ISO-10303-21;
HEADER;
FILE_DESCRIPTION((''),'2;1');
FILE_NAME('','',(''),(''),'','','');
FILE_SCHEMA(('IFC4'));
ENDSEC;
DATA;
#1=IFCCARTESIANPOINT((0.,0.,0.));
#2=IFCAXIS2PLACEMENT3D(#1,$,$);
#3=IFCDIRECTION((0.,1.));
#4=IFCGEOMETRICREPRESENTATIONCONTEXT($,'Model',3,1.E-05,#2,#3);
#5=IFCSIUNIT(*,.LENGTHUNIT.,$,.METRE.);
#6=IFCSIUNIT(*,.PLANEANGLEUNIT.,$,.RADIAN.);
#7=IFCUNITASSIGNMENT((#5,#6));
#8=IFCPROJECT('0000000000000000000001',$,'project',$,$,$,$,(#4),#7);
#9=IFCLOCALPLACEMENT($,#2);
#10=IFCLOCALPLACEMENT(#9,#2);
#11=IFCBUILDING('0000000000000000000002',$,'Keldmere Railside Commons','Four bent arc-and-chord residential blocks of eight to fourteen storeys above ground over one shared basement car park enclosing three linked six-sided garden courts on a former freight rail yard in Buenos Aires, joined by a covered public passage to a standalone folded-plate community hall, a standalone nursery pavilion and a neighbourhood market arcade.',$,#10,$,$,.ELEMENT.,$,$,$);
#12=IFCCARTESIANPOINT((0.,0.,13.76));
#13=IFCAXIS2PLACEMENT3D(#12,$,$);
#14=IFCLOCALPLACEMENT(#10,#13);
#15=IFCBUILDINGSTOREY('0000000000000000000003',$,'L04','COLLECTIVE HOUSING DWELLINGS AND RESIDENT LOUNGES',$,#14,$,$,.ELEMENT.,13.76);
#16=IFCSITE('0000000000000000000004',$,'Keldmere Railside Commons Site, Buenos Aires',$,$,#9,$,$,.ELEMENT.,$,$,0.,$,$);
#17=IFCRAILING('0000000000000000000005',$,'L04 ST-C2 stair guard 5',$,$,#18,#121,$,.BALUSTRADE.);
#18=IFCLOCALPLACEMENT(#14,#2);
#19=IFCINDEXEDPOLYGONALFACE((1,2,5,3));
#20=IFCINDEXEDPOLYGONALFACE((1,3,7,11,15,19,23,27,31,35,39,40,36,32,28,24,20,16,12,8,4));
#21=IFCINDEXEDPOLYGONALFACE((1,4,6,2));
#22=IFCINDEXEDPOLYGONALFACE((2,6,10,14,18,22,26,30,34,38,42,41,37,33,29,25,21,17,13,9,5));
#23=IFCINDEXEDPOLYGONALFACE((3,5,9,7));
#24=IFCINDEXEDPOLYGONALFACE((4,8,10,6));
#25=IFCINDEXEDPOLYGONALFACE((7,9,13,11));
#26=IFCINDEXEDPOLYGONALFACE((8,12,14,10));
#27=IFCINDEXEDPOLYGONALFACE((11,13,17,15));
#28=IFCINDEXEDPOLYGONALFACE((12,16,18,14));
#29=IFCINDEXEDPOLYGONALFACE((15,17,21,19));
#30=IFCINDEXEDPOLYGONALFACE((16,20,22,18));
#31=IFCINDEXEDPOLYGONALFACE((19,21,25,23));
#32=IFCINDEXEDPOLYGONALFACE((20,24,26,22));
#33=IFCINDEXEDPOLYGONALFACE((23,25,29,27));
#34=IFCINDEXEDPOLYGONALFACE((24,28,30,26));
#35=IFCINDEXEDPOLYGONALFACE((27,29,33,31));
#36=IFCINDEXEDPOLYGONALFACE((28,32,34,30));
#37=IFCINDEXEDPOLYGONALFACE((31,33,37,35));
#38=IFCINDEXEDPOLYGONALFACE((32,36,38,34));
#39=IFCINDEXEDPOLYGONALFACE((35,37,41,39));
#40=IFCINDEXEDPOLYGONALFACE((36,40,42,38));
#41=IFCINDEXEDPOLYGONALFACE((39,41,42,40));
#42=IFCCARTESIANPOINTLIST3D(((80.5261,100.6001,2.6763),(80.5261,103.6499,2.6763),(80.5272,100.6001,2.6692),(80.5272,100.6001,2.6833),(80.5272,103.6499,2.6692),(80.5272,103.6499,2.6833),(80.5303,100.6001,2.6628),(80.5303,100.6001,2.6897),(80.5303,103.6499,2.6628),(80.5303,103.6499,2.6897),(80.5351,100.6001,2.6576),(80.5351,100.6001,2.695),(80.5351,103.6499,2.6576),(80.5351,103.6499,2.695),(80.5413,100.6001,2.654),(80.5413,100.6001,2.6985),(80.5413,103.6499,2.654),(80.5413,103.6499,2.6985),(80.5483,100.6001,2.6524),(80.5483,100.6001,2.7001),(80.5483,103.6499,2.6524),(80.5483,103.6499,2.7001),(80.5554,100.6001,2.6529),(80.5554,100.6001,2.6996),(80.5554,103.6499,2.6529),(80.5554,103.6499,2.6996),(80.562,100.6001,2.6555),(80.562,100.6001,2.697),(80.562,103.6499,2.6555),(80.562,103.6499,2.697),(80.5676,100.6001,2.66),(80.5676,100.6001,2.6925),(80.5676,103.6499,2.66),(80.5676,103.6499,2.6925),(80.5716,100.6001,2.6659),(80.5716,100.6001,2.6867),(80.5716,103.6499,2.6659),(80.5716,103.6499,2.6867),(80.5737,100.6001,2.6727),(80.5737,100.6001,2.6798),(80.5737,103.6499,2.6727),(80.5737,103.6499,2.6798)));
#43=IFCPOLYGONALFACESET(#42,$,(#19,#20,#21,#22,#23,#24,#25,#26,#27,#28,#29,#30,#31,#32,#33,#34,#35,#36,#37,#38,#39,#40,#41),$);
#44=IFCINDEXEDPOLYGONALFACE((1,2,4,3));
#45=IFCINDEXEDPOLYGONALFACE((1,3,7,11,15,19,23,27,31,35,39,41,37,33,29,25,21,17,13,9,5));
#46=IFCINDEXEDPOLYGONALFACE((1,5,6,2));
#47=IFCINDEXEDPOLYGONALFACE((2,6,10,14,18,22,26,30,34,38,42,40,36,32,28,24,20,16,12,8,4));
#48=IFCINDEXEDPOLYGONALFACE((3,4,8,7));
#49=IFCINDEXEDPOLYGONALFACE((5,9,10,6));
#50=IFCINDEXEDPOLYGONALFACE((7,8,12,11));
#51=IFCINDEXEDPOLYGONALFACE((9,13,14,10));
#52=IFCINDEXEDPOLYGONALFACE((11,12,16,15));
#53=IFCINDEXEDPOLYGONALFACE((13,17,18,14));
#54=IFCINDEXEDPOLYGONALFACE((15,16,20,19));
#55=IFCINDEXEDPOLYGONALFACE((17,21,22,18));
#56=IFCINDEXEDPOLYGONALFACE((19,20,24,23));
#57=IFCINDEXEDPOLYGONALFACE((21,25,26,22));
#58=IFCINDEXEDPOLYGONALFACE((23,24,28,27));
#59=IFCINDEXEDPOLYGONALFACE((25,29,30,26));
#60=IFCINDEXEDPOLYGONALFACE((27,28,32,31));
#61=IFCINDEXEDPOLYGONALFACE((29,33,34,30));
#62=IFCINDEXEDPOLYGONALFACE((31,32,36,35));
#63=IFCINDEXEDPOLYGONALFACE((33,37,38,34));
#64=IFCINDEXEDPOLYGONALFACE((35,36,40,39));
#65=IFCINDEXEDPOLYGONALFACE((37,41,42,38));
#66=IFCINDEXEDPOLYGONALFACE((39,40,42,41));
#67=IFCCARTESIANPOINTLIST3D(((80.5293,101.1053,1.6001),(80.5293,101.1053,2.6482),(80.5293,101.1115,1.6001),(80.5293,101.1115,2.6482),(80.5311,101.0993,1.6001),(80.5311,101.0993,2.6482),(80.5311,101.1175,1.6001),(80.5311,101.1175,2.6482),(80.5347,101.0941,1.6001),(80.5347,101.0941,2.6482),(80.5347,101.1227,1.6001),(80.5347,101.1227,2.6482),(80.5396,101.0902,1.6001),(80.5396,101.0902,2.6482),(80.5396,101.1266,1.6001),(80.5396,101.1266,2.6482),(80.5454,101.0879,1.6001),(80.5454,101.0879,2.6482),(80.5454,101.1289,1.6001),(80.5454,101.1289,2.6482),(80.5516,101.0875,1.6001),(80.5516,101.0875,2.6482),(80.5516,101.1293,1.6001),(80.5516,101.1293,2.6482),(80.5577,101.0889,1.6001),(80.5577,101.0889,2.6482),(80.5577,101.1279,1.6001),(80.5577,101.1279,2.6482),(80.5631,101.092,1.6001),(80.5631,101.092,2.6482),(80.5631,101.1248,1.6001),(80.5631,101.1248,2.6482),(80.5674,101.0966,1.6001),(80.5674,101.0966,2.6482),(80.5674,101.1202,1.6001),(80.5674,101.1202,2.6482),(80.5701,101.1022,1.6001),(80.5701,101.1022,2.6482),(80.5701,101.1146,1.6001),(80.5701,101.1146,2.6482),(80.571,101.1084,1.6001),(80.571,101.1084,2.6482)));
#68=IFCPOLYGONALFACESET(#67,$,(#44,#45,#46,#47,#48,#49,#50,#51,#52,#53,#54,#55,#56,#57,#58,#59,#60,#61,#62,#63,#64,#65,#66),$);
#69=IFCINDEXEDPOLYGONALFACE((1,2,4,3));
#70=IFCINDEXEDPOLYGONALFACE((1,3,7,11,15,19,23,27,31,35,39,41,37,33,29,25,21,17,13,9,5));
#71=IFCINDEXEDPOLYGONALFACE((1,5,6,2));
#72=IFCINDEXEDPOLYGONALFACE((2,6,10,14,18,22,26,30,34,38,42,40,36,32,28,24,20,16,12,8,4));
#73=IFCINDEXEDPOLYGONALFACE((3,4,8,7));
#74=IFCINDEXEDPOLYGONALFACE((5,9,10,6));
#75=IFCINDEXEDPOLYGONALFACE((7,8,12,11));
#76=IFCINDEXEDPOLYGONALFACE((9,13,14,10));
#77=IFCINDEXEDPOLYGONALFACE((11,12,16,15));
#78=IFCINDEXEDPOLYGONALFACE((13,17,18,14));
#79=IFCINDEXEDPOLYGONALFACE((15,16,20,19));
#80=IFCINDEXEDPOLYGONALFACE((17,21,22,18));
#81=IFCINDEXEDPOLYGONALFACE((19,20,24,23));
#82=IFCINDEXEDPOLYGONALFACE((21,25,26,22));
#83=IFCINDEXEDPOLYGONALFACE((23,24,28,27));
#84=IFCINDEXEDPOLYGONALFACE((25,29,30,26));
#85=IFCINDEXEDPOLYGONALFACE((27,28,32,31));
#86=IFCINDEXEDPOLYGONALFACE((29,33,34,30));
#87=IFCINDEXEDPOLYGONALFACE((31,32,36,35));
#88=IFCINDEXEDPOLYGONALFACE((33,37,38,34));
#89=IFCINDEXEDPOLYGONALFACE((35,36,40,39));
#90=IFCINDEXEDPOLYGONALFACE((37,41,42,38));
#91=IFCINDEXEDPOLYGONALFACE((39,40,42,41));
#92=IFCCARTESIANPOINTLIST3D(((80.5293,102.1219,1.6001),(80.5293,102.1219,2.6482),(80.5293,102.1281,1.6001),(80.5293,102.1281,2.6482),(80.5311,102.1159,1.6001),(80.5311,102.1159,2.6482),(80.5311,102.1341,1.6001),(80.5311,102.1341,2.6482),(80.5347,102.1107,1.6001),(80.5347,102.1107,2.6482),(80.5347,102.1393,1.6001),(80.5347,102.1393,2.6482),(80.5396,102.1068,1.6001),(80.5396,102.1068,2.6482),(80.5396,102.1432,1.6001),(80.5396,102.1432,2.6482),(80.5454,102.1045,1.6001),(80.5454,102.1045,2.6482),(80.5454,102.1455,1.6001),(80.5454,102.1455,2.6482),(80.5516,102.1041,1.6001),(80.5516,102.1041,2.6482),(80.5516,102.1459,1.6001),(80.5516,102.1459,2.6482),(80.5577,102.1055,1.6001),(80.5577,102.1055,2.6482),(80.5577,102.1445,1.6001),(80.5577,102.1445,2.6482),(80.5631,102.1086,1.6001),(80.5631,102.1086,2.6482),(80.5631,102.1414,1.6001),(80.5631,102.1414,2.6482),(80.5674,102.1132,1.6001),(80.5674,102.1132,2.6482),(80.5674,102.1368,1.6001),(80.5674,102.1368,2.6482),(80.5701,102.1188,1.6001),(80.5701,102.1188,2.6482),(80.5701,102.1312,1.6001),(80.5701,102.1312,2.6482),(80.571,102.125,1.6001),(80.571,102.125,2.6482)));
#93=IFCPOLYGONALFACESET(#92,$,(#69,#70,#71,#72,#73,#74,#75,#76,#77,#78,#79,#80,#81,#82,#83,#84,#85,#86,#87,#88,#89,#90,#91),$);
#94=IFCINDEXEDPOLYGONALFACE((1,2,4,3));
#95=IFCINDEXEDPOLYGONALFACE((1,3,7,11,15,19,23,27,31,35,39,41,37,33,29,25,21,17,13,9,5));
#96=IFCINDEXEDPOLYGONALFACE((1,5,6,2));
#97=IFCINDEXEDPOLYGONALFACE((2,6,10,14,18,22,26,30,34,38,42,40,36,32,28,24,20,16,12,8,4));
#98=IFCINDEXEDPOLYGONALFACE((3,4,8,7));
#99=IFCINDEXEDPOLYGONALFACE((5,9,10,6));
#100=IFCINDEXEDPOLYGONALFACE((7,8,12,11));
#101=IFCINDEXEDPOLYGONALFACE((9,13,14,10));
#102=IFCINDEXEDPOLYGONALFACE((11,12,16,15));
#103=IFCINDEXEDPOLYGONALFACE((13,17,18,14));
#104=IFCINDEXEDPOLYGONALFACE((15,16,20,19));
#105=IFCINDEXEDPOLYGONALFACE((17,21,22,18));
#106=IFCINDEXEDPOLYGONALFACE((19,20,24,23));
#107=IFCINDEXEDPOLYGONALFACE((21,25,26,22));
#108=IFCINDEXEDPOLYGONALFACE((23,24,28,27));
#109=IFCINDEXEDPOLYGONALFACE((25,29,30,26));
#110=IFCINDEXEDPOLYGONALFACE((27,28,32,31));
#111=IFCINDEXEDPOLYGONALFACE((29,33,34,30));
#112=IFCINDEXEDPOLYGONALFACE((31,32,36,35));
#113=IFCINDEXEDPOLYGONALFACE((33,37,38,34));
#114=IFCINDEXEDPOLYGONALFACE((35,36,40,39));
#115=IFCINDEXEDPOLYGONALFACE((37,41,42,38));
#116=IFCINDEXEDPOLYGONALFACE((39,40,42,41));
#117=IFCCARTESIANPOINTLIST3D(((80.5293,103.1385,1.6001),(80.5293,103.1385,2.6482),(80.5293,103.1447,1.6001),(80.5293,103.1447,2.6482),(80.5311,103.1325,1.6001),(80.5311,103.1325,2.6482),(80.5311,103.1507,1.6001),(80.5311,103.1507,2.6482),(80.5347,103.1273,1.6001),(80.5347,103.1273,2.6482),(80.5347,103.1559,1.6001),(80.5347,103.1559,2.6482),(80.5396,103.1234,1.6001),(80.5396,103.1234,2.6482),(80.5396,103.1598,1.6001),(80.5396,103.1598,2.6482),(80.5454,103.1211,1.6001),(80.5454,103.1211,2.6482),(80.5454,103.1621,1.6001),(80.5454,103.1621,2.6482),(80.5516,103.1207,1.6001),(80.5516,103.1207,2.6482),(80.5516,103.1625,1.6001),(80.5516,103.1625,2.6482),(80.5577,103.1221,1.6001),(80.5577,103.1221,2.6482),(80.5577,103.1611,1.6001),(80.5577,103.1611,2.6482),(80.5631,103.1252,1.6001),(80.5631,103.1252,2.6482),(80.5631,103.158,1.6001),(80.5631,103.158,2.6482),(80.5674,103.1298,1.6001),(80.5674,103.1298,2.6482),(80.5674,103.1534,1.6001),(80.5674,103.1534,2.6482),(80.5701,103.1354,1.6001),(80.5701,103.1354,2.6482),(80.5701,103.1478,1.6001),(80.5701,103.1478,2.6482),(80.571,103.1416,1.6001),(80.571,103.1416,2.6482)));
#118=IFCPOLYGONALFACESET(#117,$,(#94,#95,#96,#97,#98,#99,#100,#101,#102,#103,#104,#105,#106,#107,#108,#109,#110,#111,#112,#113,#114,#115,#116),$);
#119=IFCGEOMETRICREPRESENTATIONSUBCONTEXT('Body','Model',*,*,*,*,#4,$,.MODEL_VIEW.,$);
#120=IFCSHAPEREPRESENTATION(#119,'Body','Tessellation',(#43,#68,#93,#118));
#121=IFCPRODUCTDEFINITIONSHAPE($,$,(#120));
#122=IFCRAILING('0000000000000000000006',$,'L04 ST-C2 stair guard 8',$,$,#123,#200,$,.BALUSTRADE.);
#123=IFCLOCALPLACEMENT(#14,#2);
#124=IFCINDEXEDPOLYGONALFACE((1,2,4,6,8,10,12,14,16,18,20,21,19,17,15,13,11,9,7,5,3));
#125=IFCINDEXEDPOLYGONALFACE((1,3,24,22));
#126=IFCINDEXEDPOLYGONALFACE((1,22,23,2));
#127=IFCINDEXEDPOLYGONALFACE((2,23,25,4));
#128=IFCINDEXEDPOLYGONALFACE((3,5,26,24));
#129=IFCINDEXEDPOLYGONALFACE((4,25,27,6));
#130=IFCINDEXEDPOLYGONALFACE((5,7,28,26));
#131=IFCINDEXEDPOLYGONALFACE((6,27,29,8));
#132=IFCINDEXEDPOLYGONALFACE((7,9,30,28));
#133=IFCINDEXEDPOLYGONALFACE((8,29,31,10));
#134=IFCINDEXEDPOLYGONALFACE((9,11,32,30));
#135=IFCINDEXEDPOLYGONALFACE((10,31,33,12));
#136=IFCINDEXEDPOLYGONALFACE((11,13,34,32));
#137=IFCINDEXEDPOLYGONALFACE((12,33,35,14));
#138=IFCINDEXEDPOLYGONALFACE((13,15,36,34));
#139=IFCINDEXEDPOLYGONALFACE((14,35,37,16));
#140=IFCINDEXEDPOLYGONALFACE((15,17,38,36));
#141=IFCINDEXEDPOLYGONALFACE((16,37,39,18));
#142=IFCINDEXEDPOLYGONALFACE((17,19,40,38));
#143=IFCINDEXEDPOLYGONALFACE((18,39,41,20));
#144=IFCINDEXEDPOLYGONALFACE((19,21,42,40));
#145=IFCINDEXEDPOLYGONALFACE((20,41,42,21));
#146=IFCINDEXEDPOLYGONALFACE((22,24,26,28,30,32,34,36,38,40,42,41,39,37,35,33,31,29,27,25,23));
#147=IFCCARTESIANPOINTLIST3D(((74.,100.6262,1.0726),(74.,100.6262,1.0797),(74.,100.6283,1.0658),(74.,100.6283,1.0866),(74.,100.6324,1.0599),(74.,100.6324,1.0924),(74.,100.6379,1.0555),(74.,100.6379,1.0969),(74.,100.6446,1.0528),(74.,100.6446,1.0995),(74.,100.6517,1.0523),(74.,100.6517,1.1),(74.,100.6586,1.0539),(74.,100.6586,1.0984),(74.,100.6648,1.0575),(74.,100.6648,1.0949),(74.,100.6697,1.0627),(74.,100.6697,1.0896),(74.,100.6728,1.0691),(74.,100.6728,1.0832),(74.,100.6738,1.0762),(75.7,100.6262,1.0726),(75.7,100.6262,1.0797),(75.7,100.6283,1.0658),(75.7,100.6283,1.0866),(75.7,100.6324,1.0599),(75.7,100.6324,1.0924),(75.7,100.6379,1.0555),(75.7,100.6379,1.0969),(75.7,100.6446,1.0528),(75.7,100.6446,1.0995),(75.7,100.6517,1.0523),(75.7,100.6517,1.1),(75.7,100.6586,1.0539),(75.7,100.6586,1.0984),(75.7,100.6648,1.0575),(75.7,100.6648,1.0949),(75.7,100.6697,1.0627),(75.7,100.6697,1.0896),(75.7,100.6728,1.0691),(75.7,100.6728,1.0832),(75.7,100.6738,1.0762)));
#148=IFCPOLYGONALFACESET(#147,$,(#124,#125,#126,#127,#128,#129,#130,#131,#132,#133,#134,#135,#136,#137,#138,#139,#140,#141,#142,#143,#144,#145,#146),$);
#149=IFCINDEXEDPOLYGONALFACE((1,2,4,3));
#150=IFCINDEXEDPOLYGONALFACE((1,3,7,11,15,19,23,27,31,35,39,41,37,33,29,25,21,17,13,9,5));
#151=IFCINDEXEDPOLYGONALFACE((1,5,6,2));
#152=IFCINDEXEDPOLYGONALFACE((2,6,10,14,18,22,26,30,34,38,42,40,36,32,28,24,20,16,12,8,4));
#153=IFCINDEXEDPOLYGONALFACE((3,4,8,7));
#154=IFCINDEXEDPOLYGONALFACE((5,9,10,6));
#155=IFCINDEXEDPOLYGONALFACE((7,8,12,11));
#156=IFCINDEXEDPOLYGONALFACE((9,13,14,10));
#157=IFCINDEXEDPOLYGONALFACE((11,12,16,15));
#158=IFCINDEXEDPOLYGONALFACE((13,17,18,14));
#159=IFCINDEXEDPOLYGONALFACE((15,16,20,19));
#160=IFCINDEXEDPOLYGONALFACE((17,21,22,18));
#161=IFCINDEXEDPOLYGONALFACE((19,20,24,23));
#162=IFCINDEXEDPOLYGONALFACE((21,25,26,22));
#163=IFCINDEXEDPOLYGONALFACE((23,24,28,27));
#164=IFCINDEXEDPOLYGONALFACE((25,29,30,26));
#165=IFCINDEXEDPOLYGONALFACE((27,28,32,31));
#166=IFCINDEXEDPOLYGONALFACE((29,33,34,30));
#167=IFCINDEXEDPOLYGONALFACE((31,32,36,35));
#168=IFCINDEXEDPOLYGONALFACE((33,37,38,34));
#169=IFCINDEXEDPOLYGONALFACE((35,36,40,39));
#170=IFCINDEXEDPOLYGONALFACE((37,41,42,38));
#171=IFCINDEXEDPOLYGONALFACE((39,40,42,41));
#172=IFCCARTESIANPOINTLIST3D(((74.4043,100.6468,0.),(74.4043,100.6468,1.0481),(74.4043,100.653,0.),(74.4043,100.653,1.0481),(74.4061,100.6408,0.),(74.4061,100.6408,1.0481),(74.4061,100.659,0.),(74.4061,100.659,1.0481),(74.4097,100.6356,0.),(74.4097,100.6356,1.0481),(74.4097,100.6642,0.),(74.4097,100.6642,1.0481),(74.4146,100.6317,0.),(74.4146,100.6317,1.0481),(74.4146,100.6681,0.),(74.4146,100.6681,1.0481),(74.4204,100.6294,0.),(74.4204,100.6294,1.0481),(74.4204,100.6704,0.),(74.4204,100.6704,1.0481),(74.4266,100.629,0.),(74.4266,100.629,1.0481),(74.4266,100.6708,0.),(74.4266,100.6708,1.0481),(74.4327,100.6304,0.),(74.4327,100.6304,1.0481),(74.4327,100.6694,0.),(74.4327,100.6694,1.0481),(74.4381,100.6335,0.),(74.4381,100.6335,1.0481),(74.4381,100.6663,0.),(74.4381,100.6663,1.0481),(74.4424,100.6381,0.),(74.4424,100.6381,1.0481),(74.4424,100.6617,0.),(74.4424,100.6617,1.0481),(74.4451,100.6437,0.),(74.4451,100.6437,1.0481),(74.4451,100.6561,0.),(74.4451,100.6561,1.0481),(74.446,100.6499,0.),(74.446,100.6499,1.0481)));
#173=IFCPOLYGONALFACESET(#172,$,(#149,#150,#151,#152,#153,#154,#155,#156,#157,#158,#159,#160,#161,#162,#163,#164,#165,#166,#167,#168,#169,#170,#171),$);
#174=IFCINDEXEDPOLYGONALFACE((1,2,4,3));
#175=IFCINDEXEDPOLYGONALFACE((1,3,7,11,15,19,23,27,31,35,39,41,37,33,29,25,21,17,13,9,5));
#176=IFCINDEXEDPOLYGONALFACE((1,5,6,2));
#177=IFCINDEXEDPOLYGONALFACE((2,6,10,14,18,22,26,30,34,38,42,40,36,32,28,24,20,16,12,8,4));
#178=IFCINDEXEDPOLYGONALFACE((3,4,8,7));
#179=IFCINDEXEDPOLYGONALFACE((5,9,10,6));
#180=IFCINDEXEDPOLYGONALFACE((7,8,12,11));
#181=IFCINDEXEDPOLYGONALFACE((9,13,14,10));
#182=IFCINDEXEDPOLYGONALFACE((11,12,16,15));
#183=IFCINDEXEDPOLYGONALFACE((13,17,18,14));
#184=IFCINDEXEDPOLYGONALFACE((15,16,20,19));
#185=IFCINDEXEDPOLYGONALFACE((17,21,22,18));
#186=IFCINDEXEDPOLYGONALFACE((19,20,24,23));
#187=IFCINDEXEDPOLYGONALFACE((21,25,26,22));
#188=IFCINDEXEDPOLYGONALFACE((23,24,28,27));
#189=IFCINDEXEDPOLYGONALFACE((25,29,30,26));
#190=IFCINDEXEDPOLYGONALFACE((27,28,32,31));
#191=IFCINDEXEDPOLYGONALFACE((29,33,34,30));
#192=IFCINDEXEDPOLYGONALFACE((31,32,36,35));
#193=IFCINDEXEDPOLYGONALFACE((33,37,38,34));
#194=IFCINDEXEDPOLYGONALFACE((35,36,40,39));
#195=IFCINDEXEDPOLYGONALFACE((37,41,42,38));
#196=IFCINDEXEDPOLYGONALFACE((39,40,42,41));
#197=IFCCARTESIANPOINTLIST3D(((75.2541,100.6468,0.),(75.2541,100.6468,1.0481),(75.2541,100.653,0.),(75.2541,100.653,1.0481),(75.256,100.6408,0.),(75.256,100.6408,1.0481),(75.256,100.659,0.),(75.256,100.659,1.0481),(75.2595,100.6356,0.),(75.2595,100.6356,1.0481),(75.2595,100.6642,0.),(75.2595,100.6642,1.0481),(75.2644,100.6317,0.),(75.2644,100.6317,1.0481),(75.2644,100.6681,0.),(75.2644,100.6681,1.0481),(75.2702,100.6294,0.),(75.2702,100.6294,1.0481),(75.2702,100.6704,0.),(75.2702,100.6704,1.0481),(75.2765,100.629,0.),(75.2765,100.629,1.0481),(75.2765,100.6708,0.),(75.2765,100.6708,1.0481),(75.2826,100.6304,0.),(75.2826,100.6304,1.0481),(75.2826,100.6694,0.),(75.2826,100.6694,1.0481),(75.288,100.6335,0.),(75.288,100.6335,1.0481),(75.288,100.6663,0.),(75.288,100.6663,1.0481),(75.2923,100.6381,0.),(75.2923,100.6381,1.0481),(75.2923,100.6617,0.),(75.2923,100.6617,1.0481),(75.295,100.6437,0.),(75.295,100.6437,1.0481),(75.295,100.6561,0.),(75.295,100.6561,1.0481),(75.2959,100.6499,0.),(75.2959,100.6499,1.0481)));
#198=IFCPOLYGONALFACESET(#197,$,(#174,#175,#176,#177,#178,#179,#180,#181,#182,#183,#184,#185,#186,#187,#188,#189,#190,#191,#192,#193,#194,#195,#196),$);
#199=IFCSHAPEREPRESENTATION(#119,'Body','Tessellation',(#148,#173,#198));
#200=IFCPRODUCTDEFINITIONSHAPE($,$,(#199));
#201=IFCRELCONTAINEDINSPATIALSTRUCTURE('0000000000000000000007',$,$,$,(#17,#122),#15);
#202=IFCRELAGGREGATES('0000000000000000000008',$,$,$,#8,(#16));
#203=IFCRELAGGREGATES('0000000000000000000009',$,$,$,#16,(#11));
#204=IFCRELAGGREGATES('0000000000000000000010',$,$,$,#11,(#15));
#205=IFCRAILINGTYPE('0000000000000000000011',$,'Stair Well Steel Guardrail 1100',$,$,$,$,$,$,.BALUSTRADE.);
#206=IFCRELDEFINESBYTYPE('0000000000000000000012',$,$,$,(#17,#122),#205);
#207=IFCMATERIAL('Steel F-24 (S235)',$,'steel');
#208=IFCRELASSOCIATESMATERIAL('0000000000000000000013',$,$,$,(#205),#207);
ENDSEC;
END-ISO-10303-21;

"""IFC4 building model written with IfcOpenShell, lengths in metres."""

from ifc_helpers import new_model, si_unit, direction, frame, origin, origin_2d, place, context, subcontext, project, spatial, circle, extrude, material, type_object, element, save


model = new_model("IFC4")

# Units and contexts
model_context = context("Model", 3, precision=1e-05, world=origin(), true_north=direction((0.0, 1.0)))
body_context = subcontext(model_context, "Body", "Model", "MODEL_VIEW")
ifc_project = project(units=[si_unit("LENGTHUNIT", "METRE"), si_unit("PLANEANGLEUNIT", "RADIAN")], contexts=[model_context])

# Site, building, storey
site_placement = place(None, origin())
site = spatial("IfcSite", under=ifc_project, at=site_placement, Name="Keldmere Railside Commons Site, Buenos Aires", CompositionType="ELEMENT", RefElevation=0.0)
building_placement = place(site_placement, origin())
building = spatial("IfcBuilding", under=site, at=building_placement, Name="Keldmere Railside Commons", Description="Four bent arc-and-chord residential blocks of eight to fourteen storeys above ground over one shared basement car park enclosing three linked six-sided garden courts on a former freight rail yard in Buenos Aires, joined by a covered public passage to a standalone folded-plate community hall, a standalone nursery pavilion and a neighbourhood market arcade.", CompositionType="ELEMENT")
storey_placement = place(building_placement, frame((0.0, 0.0, 13.76)))
storey = spatial("IfcBuildingStorey", under=building, at=storey_placement, Name="L04", Description="COLLECTIVE HOUSING DWELLINGS AND RESIDENT LOUNGES", CompositionType="ELEMENT", Elevation=13.76)

# Railings
ifc_material_1 = material(Name="Steel F-24 (S235)", Category="steel")
railing_type_1 = type_object("IfcRailingType", Name="Stair Well Steel Guardrail 1100", PredefinedType="BALUSTRADE", material=ifc_material_1)
railing_1_placement = place(storey_placement, frame((80.55, 100.6001, 1.6001)))
element("IfcRailing", 1, at=railing_1_placement, inside=storey, type_object=railing_type_1, Name="L04 ST-C2 stair guard 5", PredefinedType="BALUSTRADE", context=body_context, shape_type="SweptSolid", body=[
    extrude(circle(Radius=0.0239, at=origin_2d()), frame((0.0, 0.0, 1.0762), z_axis=(0.0, 1.0, 0.0), x_axis=(-1.0, 0.0, 0.0)), (0.0, 0.0, 1.0), 3.0498),
    extrude(circle(Radius=0.021, at=origin_2d()), frame((0.0, 0.5083, 0.0)), (0.0, 0.0, 1.0), 1.0481),
    extrude(circle(Radius=0.021, at=origin_2d()), frame((0.0, 1.5249, 0.0)), (0.0, 0.0, 1.0), 1.0481),
    extrude(circle(Radius=0.021, at=origin_2d()), frame((0.0, 2.5415, 0.0)), (0.0, 0.0, 1.0), 1.0481),
])
railing_2_placement = place(storey_placement, frame((74.0, 100.6499, 0.0)))
element("IfcRailing", 2, at=railing_2_placement, inside=storey, type_object=railing_type_1, Name="L04 ST-C2 stair guard 8", PredefinedType="BALUSTRADE", context=body_context, shape_type="SweptSolid", body=[
    extrude(circle(Radius=0.0239, at=origin_2d()), frame((0.0, 0.0, 1.0762), z_axis=(1.0, 0.0, 0.0), x_axis=(0.0, 1.0, 0.0)), (0.0, 0.0, 1.0), 1.7),
    extrude(circle(Radius=0.021, at=origin_2d()), frame((0.425, 0.0, 0.0)), (0.0, 0.0, 1.0), 1.0481),
    extrude(circle(Radius=0.021, at=origin_2d()), frame((1.2749, 0.0, 0.0)), (0.0, 0.0, 1.0), 1.0481),
])

save(model, "model.ifc")
